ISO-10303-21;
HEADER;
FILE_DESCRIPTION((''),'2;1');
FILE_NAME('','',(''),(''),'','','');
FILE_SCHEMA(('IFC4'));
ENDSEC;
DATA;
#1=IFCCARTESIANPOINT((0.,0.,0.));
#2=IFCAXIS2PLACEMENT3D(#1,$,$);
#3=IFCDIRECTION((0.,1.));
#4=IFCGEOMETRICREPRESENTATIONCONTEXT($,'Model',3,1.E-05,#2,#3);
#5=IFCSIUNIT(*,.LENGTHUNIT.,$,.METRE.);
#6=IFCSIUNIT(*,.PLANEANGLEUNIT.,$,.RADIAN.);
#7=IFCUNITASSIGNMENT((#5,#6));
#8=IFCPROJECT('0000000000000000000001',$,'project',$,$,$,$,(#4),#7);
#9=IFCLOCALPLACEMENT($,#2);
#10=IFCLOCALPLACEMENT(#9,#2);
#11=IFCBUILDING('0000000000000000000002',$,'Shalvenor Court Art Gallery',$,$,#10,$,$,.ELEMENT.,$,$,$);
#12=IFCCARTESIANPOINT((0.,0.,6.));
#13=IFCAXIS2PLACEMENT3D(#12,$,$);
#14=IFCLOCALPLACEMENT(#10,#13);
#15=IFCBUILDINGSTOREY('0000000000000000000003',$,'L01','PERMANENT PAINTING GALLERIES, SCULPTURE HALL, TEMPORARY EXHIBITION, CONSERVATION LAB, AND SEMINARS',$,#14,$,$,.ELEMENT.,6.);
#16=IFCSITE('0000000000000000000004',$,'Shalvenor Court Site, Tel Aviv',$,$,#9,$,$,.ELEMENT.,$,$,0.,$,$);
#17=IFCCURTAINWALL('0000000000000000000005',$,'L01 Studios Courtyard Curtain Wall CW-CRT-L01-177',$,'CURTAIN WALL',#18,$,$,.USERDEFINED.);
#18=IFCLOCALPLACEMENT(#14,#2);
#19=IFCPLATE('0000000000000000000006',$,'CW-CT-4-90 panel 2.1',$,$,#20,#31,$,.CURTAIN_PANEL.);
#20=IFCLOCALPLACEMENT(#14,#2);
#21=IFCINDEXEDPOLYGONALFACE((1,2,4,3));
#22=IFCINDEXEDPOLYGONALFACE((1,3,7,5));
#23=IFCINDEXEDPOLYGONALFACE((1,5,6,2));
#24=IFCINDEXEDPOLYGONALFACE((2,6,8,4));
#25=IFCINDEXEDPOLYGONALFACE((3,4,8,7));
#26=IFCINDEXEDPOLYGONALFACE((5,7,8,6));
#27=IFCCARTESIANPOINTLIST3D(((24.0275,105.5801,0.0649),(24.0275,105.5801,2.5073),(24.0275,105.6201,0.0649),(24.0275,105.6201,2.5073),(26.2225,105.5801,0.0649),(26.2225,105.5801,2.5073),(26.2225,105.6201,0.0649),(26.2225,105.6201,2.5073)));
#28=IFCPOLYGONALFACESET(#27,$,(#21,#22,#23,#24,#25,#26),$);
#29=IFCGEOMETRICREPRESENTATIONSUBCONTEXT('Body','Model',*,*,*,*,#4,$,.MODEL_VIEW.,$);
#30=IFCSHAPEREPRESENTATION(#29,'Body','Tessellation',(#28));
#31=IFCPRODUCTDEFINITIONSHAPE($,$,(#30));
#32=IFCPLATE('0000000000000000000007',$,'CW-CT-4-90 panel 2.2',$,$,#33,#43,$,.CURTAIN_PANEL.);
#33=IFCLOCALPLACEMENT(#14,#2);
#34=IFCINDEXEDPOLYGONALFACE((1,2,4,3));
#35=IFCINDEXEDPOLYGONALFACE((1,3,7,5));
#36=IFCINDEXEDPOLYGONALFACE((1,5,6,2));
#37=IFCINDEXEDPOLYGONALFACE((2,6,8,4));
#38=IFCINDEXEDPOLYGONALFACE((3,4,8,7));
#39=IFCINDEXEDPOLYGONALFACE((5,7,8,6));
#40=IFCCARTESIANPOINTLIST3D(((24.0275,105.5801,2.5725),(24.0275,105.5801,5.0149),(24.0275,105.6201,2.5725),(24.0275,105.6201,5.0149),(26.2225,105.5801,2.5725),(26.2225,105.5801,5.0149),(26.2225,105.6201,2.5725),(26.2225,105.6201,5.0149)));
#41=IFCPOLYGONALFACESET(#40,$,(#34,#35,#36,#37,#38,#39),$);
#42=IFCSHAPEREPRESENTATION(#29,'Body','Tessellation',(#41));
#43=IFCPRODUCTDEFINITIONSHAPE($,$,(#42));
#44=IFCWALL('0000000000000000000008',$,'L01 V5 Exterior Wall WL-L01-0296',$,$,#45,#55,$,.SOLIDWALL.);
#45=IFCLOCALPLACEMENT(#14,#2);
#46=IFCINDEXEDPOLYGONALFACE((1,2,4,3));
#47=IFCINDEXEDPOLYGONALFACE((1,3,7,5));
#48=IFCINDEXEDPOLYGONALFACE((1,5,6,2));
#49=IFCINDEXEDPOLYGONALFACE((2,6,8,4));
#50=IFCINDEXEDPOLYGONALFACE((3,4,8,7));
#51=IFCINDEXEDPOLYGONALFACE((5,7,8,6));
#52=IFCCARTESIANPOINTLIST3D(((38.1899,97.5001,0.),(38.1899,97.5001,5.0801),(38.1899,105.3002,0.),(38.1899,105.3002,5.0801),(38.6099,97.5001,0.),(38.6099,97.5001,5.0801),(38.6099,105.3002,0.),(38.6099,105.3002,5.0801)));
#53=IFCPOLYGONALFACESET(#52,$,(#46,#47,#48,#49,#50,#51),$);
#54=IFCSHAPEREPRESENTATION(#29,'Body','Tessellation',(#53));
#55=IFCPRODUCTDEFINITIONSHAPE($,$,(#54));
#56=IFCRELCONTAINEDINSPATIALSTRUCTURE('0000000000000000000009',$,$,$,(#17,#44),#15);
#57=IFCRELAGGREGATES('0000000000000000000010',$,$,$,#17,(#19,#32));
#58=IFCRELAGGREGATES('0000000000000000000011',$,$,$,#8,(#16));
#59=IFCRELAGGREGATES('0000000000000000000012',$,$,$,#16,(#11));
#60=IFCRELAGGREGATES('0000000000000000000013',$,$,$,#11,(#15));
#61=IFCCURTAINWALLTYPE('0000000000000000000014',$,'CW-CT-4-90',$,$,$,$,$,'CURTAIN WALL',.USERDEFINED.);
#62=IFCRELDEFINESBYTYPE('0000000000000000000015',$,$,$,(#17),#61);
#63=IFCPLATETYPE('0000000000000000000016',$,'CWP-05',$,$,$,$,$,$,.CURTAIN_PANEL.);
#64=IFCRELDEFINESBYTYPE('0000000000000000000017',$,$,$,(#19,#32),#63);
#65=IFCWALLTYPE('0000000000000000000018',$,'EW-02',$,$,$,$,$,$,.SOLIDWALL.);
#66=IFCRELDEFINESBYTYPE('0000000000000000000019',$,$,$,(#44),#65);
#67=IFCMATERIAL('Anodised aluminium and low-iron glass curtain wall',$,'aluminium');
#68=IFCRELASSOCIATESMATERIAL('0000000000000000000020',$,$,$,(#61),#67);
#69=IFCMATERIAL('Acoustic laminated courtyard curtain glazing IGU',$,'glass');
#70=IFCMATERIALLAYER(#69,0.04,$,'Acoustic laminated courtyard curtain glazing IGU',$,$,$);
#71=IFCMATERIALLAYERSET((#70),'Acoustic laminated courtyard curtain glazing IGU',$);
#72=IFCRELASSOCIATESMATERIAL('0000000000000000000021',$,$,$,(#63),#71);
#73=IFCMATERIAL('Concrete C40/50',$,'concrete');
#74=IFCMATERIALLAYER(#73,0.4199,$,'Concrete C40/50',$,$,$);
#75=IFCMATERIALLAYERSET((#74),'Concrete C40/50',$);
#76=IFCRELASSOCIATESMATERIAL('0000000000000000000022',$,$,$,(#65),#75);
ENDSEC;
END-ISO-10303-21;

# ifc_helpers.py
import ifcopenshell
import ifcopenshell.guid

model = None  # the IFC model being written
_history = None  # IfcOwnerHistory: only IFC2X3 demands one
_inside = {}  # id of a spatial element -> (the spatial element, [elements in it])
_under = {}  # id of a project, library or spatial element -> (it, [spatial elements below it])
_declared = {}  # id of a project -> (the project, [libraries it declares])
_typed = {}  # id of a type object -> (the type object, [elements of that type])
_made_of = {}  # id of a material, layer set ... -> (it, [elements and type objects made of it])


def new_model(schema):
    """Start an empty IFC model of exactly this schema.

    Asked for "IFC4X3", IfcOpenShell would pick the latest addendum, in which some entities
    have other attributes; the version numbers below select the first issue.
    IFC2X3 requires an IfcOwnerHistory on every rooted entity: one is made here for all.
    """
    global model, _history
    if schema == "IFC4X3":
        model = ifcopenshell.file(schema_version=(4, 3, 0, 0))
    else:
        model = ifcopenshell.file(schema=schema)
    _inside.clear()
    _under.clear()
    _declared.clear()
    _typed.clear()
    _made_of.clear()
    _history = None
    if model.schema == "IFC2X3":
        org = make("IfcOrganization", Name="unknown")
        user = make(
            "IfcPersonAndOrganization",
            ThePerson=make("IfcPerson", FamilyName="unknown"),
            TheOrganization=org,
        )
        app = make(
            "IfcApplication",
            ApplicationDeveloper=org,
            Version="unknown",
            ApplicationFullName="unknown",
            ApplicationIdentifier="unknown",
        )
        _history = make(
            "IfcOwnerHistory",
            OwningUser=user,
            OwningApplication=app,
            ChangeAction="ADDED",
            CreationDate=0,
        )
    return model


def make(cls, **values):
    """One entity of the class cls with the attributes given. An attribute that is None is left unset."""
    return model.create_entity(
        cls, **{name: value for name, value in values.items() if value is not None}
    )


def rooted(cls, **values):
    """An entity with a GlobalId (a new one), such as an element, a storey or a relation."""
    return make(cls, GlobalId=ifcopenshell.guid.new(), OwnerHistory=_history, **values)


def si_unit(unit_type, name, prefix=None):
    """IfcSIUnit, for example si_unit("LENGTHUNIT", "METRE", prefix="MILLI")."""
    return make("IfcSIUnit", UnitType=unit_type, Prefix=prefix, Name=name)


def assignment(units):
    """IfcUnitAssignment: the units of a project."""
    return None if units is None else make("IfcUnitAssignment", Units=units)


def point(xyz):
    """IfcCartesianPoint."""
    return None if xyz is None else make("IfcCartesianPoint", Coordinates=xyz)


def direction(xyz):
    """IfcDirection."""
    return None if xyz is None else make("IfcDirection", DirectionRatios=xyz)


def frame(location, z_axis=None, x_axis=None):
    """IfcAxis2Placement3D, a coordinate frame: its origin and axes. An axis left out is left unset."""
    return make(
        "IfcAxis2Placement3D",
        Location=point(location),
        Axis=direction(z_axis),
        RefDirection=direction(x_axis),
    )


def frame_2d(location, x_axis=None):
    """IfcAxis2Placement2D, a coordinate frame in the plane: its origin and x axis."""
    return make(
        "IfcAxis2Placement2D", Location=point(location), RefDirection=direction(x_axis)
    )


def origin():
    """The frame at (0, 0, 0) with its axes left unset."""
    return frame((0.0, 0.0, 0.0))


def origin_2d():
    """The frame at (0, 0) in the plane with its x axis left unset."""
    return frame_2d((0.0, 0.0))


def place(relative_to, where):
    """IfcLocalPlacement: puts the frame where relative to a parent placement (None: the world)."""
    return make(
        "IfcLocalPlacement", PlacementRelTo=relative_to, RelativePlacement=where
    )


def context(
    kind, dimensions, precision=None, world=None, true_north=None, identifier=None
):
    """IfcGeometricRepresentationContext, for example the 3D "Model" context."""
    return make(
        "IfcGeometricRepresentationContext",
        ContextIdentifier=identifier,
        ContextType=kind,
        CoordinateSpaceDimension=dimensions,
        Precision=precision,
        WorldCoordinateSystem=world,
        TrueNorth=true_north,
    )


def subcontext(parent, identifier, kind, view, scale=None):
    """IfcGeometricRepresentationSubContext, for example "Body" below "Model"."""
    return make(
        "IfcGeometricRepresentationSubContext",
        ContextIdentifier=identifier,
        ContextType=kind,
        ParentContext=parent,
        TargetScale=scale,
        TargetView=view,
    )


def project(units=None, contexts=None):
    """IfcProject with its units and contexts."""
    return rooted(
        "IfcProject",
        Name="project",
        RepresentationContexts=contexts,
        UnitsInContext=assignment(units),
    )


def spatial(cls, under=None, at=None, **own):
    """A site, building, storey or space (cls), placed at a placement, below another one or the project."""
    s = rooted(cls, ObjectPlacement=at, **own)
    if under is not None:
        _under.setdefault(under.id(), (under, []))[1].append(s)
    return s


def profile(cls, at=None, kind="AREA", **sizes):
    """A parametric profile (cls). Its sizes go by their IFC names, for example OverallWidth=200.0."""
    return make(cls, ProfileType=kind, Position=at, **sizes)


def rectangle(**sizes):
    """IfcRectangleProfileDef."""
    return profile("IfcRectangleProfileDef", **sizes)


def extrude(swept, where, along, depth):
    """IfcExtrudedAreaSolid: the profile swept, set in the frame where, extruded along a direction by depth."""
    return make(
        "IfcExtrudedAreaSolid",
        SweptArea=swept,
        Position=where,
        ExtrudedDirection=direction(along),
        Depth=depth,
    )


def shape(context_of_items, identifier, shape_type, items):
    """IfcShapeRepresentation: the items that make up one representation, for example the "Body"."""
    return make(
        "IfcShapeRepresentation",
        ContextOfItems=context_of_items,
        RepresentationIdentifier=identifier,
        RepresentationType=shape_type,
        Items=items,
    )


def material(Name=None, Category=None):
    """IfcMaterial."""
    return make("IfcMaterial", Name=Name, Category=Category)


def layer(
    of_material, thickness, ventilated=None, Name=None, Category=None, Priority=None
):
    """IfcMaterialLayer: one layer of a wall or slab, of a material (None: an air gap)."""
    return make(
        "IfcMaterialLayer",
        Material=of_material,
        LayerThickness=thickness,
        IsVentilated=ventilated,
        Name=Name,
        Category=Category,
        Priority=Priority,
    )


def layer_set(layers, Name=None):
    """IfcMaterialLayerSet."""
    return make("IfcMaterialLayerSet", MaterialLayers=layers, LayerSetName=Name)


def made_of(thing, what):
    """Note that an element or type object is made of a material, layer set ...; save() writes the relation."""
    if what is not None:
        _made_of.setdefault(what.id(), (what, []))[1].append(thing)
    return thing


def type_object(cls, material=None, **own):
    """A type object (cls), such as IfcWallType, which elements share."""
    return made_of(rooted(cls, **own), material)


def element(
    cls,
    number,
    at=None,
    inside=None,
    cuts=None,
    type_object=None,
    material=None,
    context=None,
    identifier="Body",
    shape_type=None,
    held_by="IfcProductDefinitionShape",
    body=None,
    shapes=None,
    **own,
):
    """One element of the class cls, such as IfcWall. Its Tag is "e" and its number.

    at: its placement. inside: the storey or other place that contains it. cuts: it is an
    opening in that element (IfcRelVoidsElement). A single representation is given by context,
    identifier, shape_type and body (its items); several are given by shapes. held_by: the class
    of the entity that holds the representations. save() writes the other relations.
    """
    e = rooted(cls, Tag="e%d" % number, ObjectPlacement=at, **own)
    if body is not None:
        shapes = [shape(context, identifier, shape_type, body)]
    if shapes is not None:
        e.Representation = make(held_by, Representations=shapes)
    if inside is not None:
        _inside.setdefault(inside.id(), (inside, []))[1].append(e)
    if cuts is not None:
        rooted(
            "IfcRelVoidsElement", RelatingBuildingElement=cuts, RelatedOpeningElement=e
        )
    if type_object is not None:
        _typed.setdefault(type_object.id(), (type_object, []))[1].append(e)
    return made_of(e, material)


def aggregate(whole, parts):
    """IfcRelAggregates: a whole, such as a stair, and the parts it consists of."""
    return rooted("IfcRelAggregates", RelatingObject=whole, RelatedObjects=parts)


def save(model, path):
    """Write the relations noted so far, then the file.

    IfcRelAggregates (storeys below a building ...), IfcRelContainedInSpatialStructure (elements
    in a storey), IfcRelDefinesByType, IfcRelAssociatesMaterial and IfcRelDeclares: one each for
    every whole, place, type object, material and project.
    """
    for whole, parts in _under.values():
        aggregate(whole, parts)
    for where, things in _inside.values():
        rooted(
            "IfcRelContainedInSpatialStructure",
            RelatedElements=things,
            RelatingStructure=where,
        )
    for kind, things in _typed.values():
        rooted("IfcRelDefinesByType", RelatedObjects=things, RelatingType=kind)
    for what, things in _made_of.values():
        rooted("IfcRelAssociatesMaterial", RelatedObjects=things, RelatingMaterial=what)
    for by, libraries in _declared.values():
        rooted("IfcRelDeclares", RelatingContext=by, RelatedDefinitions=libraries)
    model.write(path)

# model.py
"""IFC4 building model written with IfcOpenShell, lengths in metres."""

from ifc_helpers import new_model, si_unit, direction, frame, frame_2d, origin, origin_2d, place, context, subcontext, project, spatial, rectangle, extrude, material, layer, layer_set, type_object, element, aggregate, save


model = new_model("IFC4")

# Units and contexts
model_context = context("Model", 3, precision=1e-05, world=origin(), true_north=direction((0.0, 1.0)))
body_context = subcontext(model_context, "Body", "Model", "MODEL_VIEW")
ifc_project = project(units=[si_unit("LENGTHUNIT", "METRE"), si_unit("PLANEANGLEUNIT", "RADIAN")], contexts=[model_context])

# Site, building, storey
site_placement = place(None, origin())
site = spatial("IfcSite", under=ifc_project, at=site_placement, Name="Shalvenor Court Site, Tel Aviv", CompositionType="ELEMENT", RefElevation=0.0)
building_placement = place(site_placement, origin())
building = spatial("IfcBuilding", under=site, at=building_placement, Name="Shalvenor Court Art Gallery", CompositionType="ELEMENT")
storey_placement = place(building_placement, frame((0.0, 0.0, 6.0)))
storey = spatial("IfcBuildingStorey", under=building, at=storey_placement, Name="L01", Description="PERMANENT PAINTING GALLERIES, SCULPTURE HALL, TEMPORARY EXHIBITION, CONSERVATION LAB, AND SEMINARS", CompositionType="ELEMENT", Elevation=6.0)

# Curtain wall
ifc_material_1 = material(Name="Anodised aluminium and low-iron glass curtain wall", Category="aluminium")
curtain_wall_type_1 = type_object("IfcCurtainWallType", Name="CW-CT-4-90", ElementType="CURTAIN WALL", PredefinedType="USERDEFINED", material=ifc_material_1)
curtain_wall_1_placement = place(storey_placement, origin())
curtain_wall_1 = element("IfcCurtainWall", 1, at=curtain_wall_1_placement, inside=storey, type_object=curtain_wall_type_1, Name="L01 Studios Courtyard Curtain Wall CW-CRT-L01-177", ObjectType="CURTAIN WALL", PredefinedType="USERDEFINED")

# Plates
ifc_material_2 = material(Name="Acoustic laminated courtyard curtain glazing IGU", Category="glass")
ifc_layer_1 = layer(ifc_material_2, 0.04, Name="Acoustic laminated courtyard curtain glazing IGU")
ifc_layer_set_1 = layer_set([ifc_layer_1], Name="Acoustic laminated courtyard curtain glazing IGU")
plate_type_1 = type_object("IfcPlateType", Name="CWP-05", PredefinedType="CURTAIN_PANEL", material=ifc_layer_set_1)
plate_1_placement = place(storey_placement, frame((25.125, 105.6001, 0.0649), z_axis=(0.0, 0.0, 1.0), x_axis=(-1.0, 0.0, 0.0)))
plate_1 = element("IfcPlate", 2, at=plate_1_placement, type_object=plate_type_1, Name="CW-CT-4-90 panel 2.1", PredefinedType="CURTAIN_PANEL", context=body_context, shape_type="SweptSolid", body=[
    extrude(rectangle(XDim=2.1951, YDim=0.04, at=origin_2d()), origin(), (0.0, 0.0, 1.0), 2.4424),
])
plate_2_placement = place(storey_placement, frame((25.125, 105.6001, 2.5725), z_axis=(0.0, 0.0, 1.0), x_axis=(-1.0, 0.0, 0.0)))
plate_2 = element("IfcPlate", 3, at=plate_2_placement, type_object=plate_type_1, Name="CW-CT-4-90 panel 2.2", PredefinedType="CURTAIN_PANEL", context=body_context, shape_type="SweptSolid", body=[
    extrude(rectangle(XDim=2.1951, YDim=0.04, at=origin_2d()), origin(), (0.0, 0.0, 1.0), 2.4424),
])
aggregate(curtain_wall_1, [plate_1, plate_2])

# Wall
ifc_material_3 = material(Name="Concrete C40/50", Category="concrete")
ifc_layer_2 = layer(ifc_material_3, 0.4199, Name="Concrete C40/50")
ifc_layer_set_2 = layer_set([ifc_layer_2], Name="Concrete C40/50")
wall_type = type_object("IfcWallType", Name="EW-02", PredefinedType="SOLIDWALL", material=ifc_layer_set_2)
wall_placement = place(storey_placement, frame((38.3999, 105.3, 0.0), z_axis=(0.0, 0.0, 1.0), x_axis=(0.0, -1.0, 0.0)))
element("IfcWall", 4, at=wall_placement, inside=storey, type_object=wall_type, Name="L01 V5 Exterior Wall WL-L01-0296", PredefinedType="SOLIDWALL", context=body_context, shape_type="SweptSolid", body=[
    extrude(rectangle(XDim=7.8, YDim=0.4199, at=frame_2d((3.8999, 0.0))), origin(), (0.0, 0.0, 1.0), 5.0801),
])

save(model, "model.ifc")
